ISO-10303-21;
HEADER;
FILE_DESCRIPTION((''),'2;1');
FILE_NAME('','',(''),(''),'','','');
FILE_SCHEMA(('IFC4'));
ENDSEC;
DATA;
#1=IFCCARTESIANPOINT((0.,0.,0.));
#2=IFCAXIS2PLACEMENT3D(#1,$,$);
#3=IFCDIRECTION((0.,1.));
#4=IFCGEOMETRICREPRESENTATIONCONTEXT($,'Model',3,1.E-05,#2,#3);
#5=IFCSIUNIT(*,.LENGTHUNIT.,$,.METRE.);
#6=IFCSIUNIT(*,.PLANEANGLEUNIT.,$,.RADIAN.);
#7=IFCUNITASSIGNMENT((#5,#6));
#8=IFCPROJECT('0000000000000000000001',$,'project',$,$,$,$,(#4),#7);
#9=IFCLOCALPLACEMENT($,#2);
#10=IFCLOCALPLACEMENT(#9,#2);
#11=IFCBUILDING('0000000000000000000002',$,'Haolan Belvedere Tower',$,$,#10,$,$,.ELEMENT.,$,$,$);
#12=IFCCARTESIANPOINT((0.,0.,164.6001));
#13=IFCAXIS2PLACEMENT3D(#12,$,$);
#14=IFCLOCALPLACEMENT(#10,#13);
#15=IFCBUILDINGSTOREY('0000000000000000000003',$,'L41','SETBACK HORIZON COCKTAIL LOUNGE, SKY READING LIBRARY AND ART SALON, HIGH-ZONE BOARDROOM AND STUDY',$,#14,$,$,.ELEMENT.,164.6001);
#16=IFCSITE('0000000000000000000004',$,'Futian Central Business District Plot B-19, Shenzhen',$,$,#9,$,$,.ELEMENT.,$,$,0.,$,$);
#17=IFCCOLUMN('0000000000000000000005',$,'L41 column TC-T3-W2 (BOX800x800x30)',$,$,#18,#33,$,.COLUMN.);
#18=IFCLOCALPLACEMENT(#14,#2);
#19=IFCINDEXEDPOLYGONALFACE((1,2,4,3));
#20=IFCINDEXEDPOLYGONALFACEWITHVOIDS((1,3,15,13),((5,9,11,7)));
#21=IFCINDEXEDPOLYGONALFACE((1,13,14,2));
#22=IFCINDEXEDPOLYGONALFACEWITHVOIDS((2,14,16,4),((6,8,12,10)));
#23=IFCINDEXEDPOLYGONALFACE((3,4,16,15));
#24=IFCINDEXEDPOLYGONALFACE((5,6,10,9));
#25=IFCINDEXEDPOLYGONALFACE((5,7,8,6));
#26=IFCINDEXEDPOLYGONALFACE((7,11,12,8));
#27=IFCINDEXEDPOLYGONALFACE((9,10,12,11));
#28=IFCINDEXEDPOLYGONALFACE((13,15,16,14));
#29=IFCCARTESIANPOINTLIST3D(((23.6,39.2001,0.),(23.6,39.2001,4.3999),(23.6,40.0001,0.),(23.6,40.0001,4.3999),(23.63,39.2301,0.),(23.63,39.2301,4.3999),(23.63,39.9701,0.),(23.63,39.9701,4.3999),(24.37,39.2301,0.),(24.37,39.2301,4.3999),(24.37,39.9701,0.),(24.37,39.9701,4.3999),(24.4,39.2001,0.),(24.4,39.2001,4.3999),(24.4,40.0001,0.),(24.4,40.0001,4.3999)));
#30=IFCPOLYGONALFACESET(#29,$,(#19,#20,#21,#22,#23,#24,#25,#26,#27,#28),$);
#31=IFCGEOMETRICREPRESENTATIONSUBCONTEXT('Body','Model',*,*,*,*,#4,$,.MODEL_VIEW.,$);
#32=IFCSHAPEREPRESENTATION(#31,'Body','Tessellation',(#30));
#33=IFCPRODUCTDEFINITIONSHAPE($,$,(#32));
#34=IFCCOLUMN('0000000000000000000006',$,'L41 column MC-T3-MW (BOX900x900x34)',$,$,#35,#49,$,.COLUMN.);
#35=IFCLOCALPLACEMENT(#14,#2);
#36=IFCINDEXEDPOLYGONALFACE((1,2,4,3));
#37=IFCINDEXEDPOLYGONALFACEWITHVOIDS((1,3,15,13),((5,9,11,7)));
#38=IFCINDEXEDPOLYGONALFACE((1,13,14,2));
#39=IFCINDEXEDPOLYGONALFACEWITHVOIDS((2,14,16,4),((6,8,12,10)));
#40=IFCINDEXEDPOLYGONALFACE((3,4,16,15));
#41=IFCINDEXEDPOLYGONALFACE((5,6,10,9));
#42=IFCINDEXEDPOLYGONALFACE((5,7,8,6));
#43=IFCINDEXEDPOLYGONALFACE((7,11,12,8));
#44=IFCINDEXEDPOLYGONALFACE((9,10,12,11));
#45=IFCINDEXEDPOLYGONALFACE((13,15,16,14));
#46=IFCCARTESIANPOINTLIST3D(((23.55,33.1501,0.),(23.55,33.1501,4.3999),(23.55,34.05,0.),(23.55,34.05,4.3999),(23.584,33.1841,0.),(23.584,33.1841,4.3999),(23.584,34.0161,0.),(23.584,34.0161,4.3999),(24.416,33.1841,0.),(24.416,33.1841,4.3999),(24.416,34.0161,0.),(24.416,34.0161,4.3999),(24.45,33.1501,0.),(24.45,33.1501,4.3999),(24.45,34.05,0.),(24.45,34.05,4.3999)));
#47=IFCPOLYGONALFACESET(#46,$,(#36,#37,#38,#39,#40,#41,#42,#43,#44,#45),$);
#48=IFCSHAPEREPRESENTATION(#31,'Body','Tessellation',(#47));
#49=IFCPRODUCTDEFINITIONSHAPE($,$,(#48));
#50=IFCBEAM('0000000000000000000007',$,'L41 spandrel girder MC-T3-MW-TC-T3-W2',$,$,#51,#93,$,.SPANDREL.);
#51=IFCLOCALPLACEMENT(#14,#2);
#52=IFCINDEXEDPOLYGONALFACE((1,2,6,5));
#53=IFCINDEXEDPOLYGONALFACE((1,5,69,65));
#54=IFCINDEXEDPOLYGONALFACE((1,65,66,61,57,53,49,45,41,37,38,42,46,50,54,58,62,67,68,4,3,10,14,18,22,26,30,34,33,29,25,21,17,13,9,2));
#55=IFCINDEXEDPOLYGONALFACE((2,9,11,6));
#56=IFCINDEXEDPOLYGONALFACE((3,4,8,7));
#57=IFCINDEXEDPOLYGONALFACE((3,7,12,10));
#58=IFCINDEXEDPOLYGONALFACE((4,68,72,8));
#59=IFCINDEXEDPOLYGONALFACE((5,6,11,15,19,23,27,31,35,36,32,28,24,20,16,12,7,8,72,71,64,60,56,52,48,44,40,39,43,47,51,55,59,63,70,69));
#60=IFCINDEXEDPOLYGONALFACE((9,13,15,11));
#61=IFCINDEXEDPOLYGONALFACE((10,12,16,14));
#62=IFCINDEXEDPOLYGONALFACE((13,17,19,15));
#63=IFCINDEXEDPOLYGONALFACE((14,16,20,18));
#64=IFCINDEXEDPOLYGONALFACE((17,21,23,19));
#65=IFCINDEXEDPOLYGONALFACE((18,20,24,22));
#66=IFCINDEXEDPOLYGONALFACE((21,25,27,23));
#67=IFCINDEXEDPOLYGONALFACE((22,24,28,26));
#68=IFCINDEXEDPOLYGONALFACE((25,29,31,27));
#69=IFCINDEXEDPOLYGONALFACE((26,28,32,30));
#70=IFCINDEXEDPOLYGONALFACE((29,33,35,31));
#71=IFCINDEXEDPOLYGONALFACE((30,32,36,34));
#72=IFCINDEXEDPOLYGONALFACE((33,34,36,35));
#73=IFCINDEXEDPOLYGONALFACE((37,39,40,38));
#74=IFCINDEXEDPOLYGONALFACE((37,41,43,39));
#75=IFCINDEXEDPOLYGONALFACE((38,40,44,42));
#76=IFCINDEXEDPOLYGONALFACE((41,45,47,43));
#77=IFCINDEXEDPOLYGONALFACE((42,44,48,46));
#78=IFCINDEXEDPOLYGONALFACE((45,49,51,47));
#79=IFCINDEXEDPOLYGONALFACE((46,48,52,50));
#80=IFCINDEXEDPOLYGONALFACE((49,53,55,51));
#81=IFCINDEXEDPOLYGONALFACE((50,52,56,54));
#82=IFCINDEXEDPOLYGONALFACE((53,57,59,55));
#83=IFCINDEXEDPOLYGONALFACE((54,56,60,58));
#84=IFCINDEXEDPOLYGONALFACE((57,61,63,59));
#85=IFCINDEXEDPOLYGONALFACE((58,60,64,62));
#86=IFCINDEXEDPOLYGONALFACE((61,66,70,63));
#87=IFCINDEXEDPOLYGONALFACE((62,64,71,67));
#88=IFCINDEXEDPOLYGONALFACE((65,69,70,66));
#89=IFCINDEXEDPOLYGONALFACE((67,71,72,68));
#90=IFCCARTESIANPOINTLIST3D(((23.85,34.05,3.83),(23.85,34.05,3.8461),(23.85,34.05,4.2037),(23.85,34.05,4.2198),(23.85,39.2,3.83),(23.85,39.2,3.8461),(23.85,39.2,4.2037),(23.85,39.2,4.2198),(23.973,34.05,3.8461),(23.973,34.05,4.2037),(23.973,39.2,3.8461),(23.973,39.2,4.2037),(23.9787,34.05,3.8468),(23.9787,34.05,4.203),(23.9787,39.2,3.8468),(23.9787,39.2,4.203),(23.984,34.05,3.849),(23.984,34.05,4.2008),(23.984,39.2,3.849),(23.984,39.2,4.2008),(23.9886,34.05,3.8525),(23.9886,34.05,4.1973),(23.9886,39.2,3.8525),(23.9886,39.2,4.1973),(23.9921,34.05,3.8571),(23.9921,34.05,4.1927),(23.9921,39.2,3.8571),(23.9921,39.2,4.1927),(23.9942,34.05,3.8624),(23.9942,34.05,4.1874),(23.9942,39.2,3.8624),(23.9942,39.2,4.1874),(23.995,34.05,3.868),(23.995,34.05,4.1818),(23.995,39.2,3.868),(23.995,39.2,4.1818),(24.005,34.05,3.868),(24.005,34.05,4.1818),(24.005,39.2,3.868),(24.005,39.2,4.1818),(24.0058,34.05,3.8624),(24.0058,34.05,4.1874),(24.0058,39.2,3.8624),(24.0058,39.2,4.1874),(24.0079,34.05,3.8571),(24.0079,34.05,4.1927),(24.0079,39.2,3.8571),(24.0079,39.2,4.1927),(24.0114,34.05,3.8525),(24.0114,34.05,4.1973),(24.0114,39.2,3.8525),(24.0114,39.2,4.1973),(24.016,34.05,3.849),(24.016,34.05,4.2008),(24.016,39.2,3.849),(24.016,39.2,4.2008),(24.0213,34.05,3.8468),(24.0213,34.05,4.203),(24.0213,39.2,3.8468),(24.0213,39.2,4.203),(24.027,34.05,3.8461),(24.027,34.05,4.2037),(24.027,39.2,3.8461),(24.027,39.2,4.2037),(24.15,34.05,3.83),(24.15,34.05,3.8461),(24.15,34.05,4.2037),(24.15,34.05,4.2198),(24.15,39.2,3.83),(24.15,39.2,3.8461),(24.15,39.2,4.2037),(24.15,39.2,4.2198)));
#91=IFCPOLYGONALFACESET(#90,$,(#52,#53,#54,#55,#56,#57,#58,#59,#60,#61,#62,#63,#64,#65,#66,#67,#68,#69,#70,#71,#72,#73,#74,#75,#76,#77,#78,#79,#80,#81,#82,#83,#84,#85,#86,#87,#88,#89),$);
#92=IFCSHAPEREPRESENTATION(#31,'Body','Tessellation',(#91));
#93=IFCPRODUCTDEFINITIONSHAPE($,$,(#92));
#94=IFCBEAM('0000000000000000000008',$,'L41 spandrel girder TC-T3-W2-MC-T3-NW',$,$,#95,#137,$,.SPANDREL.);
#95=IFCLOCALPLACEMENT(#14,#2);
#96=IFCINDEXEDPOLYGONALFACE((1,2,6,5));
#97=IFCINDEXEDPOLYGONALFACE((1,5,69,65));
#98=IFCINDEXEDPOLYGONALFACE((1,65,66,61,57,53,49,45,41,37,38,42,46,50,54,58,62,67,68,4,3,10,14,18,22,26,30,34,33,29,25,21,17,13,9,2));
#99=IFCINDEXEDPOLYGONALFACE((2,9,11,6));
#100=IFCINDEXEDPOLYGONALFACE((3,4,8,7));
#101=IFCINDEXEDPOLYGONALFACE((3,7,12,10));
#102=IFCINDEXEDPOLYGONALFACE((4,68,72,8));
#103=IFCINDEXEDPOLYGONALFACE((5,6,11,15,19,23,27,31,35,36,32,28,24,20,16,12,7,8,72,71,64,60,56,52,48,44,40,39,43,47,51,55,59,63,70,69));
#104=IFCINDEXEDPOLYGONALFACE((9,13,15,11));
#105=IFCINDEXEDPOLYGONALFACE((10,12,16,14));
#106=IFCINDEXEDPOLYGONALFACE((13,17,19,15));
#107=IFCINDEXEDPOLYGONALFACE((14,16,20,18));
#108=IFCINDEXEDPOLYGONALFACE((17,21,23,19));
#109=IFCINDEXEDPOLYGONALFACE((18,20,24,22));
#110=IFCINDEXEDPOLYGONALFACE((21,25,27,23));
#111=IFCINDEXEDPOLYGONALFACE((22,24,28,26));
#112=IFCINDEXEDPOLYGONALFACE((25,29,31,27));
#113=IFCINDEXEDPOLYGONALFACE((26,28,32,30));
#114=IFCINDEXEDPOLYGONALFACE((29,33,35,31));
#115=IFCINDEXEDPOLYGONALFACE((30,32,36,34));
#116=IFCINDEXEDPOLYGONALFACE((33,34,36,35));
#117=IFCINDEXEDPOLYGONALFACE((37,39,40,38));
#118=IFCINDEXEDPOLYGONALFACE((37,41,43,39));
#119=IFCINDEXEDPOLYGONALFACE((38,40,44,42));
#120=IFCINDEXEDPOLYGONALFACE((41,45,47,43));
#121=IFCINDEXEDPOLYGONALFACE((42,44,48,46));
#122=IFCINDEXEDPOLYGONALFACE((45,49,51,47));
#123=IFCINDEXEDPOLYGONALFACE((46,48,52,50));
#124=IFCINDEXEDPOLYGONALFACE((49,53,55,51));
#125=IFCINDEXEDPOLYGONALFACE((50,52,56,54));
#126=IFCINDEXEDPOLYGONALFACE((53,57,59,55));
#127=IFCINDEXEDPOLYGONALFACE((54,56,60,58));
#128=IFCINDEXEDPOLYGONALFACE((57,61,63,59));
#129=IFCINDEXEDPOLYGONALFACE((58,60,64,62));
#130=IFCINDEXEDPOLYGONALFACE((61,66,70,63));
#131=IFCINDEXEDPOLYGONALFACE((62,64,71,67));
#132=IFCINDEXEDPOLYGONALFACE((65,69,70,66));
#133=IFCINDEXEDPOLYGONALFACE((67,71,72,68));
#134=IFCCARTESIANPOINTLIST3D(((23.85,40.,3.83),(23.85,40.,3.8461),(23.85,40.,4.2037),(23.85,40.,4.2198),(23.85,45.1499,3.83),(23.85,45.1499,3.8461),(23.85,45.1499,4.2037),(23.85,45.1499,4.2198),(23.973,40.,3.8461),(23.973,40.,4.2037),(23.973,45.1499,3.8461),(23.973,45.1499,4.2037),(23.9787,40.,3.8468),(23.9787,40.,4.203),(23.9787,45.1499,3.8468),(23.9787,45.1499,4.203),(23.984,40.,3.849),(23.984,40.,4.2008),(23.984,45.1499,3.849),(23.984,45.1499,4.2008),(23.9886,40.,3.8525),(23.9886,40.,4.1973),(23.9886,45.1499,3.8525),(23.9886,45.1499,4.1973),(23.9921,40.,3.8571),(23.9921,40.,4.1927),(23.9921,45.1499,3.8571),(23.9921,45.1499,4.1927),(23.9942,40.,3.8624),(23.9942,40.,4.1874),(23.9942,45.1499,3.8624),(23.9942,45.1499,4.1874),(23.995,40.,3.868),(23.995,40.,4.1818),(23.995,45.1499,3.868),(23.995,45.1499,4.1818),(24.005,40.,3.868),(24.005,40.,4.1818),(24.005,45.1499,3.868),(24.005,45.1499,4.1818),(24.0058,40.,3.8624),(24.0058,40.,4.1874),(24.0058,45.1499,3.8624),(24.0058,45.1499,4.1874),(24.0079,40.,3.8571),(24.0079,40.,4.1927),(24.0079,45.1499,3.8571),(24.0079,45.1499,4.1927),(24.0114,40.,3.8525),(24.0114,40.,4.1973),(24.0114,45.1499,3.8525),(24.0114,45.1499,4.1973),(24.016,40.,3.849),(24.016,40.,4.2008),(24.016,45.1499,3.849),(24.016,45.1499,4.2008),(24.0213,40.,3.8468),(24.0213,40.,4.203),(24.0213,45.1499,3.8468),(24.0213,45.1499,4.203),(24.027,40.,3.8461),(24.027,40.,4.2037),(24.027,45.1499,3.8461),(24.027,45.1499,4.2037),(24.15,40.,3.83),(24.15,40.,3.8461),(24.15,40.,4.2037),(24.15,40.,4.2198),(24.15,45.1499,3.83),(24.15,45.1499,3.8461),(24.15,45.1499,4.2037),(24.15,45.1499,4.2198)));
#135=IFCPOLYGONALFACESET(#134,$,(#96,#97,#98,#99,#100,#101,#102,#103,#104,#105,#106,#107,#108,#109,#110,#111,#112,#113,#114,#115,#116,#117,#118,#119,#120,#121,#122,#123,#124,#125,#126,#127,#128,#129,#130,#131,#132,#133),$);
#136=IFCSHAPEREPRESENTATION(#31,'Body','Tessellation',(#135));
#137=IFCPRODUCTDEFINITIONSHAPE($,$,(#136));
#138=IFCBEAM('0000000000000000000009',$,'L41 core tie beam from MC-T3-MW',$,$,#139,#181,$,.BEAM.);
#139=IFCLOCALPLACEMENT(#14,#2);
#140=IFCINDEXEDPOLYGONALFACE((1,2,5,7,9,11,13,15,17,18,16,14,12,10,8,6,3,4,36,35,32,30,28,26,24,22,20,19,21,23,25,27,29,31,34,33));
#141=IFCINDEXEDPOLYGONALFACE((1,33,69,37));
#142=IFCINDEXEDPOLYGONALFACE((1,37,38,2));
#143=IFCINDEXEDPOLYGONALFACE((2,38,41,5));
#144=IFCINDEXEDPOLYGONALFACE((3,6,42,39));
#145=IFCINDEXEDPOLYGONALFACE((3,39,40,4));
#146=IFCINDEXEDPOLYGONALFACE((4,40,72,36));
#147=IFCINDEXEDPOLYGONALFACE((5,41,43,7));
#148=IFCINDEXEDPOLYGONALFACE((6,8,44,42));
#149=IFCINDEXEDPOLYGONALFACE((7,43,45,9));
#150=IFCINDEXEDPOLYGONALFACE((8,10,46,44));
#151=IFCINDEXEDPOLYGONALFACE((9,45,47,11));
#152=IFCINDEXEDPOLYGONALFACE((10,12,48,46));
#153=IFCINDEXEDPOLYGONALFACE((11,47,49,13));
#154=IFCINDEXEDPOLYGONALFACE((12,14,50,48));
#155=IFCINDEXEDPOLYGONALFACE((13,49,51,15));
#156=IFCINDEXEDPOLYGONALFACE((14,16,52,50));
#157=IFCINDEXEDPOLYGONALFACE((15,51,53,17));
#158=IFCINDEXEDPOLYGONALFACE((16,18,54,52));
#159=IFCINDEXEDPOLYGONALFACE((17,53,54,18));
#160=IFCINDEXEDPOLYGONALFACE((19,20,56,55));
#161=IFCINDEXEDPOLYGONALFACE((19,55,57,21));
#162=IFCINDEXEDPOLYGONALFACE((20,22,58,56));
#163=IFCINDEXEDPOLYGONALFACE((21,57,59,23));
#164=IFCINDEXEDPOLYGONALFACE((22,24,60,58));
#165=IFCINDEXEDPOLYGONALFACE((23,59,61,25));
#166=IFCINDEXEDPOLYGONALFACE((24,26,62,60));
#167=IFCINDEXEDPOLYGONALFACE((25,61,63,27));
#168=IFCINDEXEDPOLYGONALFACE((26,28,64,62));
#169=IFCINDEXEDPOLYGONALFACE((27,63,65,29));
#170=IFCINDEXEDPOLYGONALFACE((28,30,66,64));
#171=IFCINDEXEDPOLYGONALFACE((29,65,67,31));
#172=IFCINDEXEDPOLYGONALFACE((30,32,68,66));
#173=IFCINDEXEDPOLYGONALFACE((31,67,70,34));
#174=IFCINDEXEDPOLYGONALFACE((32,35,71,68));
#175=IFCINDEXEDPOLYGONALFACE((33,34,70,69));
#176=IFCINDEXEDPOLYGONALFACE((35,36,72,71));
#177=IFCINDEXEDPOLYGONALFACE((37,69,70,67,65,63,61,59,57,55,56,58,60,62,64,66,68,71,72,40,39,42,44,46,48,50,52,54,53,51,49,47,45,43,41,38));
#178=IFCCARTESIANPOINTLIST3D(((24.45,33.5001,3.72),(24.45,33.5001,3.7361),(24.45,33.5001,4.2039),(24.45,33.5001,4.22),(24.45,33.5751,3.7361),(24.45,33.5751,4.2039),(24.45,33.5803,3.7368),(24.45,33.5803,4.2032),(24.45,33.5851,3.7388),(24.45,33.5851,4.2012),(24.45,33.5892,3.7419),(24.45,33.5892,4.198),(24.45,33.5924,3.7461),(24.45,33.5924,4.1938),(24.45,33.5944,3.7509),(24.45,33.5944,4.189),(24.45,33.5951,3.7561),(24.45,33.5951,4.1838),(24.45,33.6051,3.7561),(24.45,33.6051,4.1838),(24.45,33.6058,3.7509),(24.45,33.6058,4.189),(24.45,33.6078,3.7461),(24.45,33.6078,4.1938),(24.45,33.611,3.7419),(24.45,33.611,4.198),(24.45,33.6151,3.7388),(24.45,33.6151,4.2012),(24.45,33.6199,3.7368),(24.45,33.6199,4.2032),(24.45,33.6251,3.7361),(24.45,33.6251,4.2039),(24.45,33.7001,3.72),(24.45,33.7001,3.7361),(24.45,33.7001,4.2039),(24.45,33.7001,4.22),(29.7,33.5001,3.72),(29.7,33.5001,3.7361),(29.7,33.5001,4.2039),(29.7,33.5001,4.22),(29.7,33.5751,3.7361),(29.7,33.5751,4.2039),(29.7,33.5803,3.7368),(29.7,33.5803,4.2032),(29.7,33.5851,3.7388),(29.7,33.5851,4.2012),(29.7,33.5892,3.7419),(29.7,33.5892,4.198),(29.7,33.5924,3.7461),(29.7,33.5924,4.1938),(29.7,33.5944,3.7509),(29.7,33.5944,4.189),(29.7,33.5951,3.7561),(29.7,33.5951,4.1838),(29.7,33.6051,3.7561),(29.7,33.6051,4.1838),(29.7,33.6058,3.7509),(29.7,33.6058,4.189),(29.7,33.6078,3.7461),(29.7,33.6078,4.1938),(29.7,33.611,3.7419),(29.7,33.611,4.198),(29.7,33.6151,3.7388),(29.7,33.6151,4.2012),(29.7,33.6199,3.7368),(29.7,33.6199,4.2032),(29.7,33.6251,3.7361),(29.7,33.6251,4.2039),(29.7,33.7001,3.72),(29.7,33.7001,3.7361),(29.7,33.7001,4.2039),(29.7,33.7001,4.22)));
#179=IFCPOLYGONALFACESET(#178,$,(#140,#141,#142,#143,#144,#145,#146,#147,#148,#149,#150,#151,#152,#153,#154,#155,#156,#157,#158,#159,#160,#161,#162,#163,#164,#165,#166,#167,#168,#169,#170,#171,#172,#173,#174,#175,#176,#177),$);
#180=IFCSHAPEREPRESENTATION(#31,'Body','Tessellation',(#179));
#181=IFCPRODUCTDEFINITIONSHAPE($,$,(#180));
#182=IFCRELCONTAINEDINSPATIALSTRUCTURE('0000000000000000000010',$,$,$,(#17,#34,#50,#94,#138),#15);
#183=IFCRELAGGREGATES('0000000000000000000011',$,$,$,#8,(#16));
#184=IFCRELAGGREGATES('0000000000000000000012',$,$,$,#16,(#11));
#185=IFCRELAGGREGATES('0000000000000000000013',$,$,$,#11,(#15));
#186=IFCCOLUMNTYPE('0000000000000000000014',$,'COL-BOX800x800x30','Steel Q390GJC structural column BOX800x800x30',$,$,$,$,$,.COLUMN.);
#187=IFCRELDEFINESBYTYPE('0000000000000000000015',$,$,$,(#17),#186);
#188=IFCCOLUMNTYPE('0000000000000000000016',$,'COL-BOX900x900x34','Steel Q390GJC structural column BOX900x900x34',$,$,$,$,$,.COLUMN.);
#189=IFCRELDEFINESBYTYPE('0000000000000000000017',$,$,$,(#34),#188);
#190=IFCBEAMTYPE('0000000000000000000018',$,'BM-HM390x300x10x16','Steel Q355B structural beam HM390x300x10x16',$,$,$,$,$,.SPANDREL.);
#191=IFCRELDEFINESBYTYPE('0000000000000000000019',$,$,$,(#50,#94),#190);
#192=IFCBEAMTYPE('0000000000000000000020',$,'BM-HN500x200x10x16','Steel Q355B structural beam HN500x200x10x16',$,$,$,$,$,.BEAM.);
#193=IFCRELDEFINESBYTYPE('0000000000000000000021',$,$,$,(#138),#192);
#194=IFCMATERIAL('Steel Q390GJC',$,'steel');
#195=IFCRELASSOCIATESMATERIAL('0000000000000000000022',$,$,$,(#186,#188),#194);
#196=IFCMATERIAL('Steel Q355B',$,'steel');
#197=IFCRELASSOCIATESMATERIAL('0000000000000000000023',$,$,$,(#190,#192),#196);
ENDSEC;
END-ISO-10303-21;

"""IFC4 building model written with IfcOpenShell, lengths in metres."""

from ifc_helpers import new_model, si_unit, direction, frame, origin, origin_2d, place, context, subcontext, project, spatial, hollow_rectangle, i_section, extrude, material, material_profile, profile_set, type_object, element, save


model = new_model("IFC4")

# Units and contexts
model_context = context("Model", 3, precision=1e-05, world=origin(), true_north=direction((0.0, 1.0)))
body_context = subcontext(model_context, "Body", "Model", "MODEL_VIEW")
ifc_project = project(units=[si_unit("LENGTHUNIT", "METRE"), si_unit("PLANEANGLEUNIT", "RADIAN")], contexts=[model_context])

# Site, building, storey
site_placement = place(None, origin())
site = spatial("IfcSite", under=ifc_project, at=site_placement, Name="Futian Central Business District Plot B-19, Shenzhen", CompositionType="ELEMENT", RefElevation=0.0)
building_placement = place(site_placement, origin())
building = spatial("IfcBuilding", under=site, at=building_placement, Name="Haolan Belvedere Tower", CompositionType="ELEMENT")
storey_placement = place(building_placement, frame((0.0, 0.0, 164.6001)))
storey = spatial("IfcBuildingStorey", under=building, at=storey_placement, Name="L41", Description="SETBACK HORIZON COCKTAIL LOUNGE, SKY READING LIBRARY AND ART SALON, HIGH-ZONE BOARDROOM AND STUDY", CompositionType="ELEMENT", Elevation=164.6001)

# Columns
ifc_material_1 = material(Name="Steel Q390GJC", Category="steel")
ifc_material_profile_1 = material_profile(ifc_material_1, hollow_rectangle(XDim=0.8, YDim=0.8, WallThickness=0.03, at=origin_2d()), Name="Steel Q390GJC")
ifc_profile_set_1 = profile_set([ifc_material_profile_1], Name="Steel Q390GJC")
column_type_1 = type_object("IfcColumnType", Name="COL-BOX800x800x30", Description="Steel Q390GJC structural column BOX800x800x30", PredefinedType="COLUMN", material=ifc_profile_set_1)
column_1_placement = place(storey_placement, frame((24.0, 39.6001, 0.0), z_axis=(0.0, 0.0, 1.0), x_axis=(1.0, 0.0, 0.0)))
element("IfcColumn", 1, at=column_1_placement, inside=storey, type_object=column_type_1, Name="L41 column TC-T3-W2 (BOX800x800x30)", PredefinedType="COLUMN", context=body_context, shape_type="SweptSolid", body=[
    extrude(hollow_rectangle(XDim=0.8, YDim=0.8, WallThickness=0.03, at=origin_2d()), origin(), (0.0, 0.0, 1.0), 4.3999),
])
ifc_material_profile_2 = material_profile(ifc_material_1, hollow_rectangle(XDim=0.8999, YDim=0.8999, WallThickness=0.0339, at=origin_2d()), Name="Steel Q390GJC")
ifc_profile_set_2 = profile_set([ifc_material_profile_2], Name="Steel Q390GJC")
column_type_2 = type_object("IfcColumnType", Name="COL-BOX900x900x34", Description="Steel Q390GJC structural column BOX900x900x34", PredefinedType="COLUMN", material=ifc_profile_set_2)
column_2_placement = place(storey_placement, frame((24.0, 33.6001, 0.0), z_axis=(0.0, 0.0, 1.0), x_axis=(1.0, 0.0, 0.0)))
element("IfcColumn", 2, at=column_2_placement, inside=storey, type_object=column_type_2, Name="L41 column MC-T3-MW (BOX900x900x34)", PredefinedType="COLUMN", context=body_context, shape_type="SweptSolid", body=[
    extrude(hollow_rectangle(XDim=0.8999, YDim=0.8999, WallThickness=0.0339, at=origin_2d()), origin(), (0.0, 0.0, 1.0), 4.3999),
])

# Beams
ifc_material_2 = material(Name="Steel Q355B", Category="steel")
ifc_material_profile_3 = material_profile(ifc_material_2, i_section(OverallWidth=0.3, OverallDepth=0.3899, WebThickness=0.01, FlangeThickness=0.0161, FilletRadius=0.022, at=origin_2d()), Name="Steel Q355B")
ifc_profile_set_3 = profile_set([ifc_material_profile_3], Name="Steel Q355B")
beam_type_1 = type_object("IfcBeamType", Name="BM-HM390x300x10x16", Description="Steel Q355B structural beam HM390x300x10x16", PredefinedType="SPANDREL", material=ifc_profile_set_3)
for number, where, z_axis, x_axis, name in (
    (3, (24.0, 34.05, 4.0249), (0.0, 1.0, 0.0), (-1.0, 0.0, 0.0), "L41 spandrel girder MC-T3-MW-TC-T3-W2"),
    (4, (24.0, 40.0, 4.0249), (0.0, 1.0, 0.0), (-1.0, 0.0, 0.0), "L41 spandrel girder TC-T3-W2-MC-T3-NW"),
):
    element("IfcBeam", number, at=place(storey_placement, frame(where, z_axis=z_axis, x_axis=x_axis)), inside=storey, type_object=beam_type_1, Name=name, PredefinedType="SPANDREL", context=body_context, shape_type="SweptSolid", body=[
        extrude(i_section(OverallWidth=0.3, OverallDepth=0.3899, WebThickness=0.01, FlangeThickness=0.0161, FilletRadius=0.022, at=origin_2d()), origin(), (0.0, 0.0, 1.0), 5.1499),
    ])
ifc_material_profile_4 = material_profile(ifc_material_2, i_section(OverallWidth=0.2, OverallDepth=0.5, WebThickness=0.01, FlangeThickness=0.0161, FilletRadius=0.02, at=origin_2d()), Name="Steel Q355B")
ifc_profile_set_4 = profile_set([ifc_material_profile_4], Name="Steel Q355B")
beam_type_2 = type_object("IfcBeamType", Name="BM-HN500x200x10x16", Description="Steel Q355B structural beam HN500x200x10x16", PredefinedType="BEAM", material=ifc_profile_set_4)
beam_1_placement = place(storey_placement, frame((24.45, 33.6001, 3.97), z_axis=(1.0, 0.0, 0.0), x_axis=(0.0, 1.0, 0.0)))
element("IfcBeam", 5, at=beam_1_placement, inside=storey, type_object=beam_type_2, Name="L41 core tie beam from MC-T3-MW", PredefinedType="BEAM", context=body_context, shape_type="SweptSolid", body=[
    extrude(i_section(OverallWidth=0.2, OverallDepth=0.5, WebThickness=0.01, FlangeThickness=0.0161, FilletRadius=0.02, at=origin_2d()), origin(), (0.0, 0.0, 1.0), 5.25),
])

save(model, "model.ifc")
